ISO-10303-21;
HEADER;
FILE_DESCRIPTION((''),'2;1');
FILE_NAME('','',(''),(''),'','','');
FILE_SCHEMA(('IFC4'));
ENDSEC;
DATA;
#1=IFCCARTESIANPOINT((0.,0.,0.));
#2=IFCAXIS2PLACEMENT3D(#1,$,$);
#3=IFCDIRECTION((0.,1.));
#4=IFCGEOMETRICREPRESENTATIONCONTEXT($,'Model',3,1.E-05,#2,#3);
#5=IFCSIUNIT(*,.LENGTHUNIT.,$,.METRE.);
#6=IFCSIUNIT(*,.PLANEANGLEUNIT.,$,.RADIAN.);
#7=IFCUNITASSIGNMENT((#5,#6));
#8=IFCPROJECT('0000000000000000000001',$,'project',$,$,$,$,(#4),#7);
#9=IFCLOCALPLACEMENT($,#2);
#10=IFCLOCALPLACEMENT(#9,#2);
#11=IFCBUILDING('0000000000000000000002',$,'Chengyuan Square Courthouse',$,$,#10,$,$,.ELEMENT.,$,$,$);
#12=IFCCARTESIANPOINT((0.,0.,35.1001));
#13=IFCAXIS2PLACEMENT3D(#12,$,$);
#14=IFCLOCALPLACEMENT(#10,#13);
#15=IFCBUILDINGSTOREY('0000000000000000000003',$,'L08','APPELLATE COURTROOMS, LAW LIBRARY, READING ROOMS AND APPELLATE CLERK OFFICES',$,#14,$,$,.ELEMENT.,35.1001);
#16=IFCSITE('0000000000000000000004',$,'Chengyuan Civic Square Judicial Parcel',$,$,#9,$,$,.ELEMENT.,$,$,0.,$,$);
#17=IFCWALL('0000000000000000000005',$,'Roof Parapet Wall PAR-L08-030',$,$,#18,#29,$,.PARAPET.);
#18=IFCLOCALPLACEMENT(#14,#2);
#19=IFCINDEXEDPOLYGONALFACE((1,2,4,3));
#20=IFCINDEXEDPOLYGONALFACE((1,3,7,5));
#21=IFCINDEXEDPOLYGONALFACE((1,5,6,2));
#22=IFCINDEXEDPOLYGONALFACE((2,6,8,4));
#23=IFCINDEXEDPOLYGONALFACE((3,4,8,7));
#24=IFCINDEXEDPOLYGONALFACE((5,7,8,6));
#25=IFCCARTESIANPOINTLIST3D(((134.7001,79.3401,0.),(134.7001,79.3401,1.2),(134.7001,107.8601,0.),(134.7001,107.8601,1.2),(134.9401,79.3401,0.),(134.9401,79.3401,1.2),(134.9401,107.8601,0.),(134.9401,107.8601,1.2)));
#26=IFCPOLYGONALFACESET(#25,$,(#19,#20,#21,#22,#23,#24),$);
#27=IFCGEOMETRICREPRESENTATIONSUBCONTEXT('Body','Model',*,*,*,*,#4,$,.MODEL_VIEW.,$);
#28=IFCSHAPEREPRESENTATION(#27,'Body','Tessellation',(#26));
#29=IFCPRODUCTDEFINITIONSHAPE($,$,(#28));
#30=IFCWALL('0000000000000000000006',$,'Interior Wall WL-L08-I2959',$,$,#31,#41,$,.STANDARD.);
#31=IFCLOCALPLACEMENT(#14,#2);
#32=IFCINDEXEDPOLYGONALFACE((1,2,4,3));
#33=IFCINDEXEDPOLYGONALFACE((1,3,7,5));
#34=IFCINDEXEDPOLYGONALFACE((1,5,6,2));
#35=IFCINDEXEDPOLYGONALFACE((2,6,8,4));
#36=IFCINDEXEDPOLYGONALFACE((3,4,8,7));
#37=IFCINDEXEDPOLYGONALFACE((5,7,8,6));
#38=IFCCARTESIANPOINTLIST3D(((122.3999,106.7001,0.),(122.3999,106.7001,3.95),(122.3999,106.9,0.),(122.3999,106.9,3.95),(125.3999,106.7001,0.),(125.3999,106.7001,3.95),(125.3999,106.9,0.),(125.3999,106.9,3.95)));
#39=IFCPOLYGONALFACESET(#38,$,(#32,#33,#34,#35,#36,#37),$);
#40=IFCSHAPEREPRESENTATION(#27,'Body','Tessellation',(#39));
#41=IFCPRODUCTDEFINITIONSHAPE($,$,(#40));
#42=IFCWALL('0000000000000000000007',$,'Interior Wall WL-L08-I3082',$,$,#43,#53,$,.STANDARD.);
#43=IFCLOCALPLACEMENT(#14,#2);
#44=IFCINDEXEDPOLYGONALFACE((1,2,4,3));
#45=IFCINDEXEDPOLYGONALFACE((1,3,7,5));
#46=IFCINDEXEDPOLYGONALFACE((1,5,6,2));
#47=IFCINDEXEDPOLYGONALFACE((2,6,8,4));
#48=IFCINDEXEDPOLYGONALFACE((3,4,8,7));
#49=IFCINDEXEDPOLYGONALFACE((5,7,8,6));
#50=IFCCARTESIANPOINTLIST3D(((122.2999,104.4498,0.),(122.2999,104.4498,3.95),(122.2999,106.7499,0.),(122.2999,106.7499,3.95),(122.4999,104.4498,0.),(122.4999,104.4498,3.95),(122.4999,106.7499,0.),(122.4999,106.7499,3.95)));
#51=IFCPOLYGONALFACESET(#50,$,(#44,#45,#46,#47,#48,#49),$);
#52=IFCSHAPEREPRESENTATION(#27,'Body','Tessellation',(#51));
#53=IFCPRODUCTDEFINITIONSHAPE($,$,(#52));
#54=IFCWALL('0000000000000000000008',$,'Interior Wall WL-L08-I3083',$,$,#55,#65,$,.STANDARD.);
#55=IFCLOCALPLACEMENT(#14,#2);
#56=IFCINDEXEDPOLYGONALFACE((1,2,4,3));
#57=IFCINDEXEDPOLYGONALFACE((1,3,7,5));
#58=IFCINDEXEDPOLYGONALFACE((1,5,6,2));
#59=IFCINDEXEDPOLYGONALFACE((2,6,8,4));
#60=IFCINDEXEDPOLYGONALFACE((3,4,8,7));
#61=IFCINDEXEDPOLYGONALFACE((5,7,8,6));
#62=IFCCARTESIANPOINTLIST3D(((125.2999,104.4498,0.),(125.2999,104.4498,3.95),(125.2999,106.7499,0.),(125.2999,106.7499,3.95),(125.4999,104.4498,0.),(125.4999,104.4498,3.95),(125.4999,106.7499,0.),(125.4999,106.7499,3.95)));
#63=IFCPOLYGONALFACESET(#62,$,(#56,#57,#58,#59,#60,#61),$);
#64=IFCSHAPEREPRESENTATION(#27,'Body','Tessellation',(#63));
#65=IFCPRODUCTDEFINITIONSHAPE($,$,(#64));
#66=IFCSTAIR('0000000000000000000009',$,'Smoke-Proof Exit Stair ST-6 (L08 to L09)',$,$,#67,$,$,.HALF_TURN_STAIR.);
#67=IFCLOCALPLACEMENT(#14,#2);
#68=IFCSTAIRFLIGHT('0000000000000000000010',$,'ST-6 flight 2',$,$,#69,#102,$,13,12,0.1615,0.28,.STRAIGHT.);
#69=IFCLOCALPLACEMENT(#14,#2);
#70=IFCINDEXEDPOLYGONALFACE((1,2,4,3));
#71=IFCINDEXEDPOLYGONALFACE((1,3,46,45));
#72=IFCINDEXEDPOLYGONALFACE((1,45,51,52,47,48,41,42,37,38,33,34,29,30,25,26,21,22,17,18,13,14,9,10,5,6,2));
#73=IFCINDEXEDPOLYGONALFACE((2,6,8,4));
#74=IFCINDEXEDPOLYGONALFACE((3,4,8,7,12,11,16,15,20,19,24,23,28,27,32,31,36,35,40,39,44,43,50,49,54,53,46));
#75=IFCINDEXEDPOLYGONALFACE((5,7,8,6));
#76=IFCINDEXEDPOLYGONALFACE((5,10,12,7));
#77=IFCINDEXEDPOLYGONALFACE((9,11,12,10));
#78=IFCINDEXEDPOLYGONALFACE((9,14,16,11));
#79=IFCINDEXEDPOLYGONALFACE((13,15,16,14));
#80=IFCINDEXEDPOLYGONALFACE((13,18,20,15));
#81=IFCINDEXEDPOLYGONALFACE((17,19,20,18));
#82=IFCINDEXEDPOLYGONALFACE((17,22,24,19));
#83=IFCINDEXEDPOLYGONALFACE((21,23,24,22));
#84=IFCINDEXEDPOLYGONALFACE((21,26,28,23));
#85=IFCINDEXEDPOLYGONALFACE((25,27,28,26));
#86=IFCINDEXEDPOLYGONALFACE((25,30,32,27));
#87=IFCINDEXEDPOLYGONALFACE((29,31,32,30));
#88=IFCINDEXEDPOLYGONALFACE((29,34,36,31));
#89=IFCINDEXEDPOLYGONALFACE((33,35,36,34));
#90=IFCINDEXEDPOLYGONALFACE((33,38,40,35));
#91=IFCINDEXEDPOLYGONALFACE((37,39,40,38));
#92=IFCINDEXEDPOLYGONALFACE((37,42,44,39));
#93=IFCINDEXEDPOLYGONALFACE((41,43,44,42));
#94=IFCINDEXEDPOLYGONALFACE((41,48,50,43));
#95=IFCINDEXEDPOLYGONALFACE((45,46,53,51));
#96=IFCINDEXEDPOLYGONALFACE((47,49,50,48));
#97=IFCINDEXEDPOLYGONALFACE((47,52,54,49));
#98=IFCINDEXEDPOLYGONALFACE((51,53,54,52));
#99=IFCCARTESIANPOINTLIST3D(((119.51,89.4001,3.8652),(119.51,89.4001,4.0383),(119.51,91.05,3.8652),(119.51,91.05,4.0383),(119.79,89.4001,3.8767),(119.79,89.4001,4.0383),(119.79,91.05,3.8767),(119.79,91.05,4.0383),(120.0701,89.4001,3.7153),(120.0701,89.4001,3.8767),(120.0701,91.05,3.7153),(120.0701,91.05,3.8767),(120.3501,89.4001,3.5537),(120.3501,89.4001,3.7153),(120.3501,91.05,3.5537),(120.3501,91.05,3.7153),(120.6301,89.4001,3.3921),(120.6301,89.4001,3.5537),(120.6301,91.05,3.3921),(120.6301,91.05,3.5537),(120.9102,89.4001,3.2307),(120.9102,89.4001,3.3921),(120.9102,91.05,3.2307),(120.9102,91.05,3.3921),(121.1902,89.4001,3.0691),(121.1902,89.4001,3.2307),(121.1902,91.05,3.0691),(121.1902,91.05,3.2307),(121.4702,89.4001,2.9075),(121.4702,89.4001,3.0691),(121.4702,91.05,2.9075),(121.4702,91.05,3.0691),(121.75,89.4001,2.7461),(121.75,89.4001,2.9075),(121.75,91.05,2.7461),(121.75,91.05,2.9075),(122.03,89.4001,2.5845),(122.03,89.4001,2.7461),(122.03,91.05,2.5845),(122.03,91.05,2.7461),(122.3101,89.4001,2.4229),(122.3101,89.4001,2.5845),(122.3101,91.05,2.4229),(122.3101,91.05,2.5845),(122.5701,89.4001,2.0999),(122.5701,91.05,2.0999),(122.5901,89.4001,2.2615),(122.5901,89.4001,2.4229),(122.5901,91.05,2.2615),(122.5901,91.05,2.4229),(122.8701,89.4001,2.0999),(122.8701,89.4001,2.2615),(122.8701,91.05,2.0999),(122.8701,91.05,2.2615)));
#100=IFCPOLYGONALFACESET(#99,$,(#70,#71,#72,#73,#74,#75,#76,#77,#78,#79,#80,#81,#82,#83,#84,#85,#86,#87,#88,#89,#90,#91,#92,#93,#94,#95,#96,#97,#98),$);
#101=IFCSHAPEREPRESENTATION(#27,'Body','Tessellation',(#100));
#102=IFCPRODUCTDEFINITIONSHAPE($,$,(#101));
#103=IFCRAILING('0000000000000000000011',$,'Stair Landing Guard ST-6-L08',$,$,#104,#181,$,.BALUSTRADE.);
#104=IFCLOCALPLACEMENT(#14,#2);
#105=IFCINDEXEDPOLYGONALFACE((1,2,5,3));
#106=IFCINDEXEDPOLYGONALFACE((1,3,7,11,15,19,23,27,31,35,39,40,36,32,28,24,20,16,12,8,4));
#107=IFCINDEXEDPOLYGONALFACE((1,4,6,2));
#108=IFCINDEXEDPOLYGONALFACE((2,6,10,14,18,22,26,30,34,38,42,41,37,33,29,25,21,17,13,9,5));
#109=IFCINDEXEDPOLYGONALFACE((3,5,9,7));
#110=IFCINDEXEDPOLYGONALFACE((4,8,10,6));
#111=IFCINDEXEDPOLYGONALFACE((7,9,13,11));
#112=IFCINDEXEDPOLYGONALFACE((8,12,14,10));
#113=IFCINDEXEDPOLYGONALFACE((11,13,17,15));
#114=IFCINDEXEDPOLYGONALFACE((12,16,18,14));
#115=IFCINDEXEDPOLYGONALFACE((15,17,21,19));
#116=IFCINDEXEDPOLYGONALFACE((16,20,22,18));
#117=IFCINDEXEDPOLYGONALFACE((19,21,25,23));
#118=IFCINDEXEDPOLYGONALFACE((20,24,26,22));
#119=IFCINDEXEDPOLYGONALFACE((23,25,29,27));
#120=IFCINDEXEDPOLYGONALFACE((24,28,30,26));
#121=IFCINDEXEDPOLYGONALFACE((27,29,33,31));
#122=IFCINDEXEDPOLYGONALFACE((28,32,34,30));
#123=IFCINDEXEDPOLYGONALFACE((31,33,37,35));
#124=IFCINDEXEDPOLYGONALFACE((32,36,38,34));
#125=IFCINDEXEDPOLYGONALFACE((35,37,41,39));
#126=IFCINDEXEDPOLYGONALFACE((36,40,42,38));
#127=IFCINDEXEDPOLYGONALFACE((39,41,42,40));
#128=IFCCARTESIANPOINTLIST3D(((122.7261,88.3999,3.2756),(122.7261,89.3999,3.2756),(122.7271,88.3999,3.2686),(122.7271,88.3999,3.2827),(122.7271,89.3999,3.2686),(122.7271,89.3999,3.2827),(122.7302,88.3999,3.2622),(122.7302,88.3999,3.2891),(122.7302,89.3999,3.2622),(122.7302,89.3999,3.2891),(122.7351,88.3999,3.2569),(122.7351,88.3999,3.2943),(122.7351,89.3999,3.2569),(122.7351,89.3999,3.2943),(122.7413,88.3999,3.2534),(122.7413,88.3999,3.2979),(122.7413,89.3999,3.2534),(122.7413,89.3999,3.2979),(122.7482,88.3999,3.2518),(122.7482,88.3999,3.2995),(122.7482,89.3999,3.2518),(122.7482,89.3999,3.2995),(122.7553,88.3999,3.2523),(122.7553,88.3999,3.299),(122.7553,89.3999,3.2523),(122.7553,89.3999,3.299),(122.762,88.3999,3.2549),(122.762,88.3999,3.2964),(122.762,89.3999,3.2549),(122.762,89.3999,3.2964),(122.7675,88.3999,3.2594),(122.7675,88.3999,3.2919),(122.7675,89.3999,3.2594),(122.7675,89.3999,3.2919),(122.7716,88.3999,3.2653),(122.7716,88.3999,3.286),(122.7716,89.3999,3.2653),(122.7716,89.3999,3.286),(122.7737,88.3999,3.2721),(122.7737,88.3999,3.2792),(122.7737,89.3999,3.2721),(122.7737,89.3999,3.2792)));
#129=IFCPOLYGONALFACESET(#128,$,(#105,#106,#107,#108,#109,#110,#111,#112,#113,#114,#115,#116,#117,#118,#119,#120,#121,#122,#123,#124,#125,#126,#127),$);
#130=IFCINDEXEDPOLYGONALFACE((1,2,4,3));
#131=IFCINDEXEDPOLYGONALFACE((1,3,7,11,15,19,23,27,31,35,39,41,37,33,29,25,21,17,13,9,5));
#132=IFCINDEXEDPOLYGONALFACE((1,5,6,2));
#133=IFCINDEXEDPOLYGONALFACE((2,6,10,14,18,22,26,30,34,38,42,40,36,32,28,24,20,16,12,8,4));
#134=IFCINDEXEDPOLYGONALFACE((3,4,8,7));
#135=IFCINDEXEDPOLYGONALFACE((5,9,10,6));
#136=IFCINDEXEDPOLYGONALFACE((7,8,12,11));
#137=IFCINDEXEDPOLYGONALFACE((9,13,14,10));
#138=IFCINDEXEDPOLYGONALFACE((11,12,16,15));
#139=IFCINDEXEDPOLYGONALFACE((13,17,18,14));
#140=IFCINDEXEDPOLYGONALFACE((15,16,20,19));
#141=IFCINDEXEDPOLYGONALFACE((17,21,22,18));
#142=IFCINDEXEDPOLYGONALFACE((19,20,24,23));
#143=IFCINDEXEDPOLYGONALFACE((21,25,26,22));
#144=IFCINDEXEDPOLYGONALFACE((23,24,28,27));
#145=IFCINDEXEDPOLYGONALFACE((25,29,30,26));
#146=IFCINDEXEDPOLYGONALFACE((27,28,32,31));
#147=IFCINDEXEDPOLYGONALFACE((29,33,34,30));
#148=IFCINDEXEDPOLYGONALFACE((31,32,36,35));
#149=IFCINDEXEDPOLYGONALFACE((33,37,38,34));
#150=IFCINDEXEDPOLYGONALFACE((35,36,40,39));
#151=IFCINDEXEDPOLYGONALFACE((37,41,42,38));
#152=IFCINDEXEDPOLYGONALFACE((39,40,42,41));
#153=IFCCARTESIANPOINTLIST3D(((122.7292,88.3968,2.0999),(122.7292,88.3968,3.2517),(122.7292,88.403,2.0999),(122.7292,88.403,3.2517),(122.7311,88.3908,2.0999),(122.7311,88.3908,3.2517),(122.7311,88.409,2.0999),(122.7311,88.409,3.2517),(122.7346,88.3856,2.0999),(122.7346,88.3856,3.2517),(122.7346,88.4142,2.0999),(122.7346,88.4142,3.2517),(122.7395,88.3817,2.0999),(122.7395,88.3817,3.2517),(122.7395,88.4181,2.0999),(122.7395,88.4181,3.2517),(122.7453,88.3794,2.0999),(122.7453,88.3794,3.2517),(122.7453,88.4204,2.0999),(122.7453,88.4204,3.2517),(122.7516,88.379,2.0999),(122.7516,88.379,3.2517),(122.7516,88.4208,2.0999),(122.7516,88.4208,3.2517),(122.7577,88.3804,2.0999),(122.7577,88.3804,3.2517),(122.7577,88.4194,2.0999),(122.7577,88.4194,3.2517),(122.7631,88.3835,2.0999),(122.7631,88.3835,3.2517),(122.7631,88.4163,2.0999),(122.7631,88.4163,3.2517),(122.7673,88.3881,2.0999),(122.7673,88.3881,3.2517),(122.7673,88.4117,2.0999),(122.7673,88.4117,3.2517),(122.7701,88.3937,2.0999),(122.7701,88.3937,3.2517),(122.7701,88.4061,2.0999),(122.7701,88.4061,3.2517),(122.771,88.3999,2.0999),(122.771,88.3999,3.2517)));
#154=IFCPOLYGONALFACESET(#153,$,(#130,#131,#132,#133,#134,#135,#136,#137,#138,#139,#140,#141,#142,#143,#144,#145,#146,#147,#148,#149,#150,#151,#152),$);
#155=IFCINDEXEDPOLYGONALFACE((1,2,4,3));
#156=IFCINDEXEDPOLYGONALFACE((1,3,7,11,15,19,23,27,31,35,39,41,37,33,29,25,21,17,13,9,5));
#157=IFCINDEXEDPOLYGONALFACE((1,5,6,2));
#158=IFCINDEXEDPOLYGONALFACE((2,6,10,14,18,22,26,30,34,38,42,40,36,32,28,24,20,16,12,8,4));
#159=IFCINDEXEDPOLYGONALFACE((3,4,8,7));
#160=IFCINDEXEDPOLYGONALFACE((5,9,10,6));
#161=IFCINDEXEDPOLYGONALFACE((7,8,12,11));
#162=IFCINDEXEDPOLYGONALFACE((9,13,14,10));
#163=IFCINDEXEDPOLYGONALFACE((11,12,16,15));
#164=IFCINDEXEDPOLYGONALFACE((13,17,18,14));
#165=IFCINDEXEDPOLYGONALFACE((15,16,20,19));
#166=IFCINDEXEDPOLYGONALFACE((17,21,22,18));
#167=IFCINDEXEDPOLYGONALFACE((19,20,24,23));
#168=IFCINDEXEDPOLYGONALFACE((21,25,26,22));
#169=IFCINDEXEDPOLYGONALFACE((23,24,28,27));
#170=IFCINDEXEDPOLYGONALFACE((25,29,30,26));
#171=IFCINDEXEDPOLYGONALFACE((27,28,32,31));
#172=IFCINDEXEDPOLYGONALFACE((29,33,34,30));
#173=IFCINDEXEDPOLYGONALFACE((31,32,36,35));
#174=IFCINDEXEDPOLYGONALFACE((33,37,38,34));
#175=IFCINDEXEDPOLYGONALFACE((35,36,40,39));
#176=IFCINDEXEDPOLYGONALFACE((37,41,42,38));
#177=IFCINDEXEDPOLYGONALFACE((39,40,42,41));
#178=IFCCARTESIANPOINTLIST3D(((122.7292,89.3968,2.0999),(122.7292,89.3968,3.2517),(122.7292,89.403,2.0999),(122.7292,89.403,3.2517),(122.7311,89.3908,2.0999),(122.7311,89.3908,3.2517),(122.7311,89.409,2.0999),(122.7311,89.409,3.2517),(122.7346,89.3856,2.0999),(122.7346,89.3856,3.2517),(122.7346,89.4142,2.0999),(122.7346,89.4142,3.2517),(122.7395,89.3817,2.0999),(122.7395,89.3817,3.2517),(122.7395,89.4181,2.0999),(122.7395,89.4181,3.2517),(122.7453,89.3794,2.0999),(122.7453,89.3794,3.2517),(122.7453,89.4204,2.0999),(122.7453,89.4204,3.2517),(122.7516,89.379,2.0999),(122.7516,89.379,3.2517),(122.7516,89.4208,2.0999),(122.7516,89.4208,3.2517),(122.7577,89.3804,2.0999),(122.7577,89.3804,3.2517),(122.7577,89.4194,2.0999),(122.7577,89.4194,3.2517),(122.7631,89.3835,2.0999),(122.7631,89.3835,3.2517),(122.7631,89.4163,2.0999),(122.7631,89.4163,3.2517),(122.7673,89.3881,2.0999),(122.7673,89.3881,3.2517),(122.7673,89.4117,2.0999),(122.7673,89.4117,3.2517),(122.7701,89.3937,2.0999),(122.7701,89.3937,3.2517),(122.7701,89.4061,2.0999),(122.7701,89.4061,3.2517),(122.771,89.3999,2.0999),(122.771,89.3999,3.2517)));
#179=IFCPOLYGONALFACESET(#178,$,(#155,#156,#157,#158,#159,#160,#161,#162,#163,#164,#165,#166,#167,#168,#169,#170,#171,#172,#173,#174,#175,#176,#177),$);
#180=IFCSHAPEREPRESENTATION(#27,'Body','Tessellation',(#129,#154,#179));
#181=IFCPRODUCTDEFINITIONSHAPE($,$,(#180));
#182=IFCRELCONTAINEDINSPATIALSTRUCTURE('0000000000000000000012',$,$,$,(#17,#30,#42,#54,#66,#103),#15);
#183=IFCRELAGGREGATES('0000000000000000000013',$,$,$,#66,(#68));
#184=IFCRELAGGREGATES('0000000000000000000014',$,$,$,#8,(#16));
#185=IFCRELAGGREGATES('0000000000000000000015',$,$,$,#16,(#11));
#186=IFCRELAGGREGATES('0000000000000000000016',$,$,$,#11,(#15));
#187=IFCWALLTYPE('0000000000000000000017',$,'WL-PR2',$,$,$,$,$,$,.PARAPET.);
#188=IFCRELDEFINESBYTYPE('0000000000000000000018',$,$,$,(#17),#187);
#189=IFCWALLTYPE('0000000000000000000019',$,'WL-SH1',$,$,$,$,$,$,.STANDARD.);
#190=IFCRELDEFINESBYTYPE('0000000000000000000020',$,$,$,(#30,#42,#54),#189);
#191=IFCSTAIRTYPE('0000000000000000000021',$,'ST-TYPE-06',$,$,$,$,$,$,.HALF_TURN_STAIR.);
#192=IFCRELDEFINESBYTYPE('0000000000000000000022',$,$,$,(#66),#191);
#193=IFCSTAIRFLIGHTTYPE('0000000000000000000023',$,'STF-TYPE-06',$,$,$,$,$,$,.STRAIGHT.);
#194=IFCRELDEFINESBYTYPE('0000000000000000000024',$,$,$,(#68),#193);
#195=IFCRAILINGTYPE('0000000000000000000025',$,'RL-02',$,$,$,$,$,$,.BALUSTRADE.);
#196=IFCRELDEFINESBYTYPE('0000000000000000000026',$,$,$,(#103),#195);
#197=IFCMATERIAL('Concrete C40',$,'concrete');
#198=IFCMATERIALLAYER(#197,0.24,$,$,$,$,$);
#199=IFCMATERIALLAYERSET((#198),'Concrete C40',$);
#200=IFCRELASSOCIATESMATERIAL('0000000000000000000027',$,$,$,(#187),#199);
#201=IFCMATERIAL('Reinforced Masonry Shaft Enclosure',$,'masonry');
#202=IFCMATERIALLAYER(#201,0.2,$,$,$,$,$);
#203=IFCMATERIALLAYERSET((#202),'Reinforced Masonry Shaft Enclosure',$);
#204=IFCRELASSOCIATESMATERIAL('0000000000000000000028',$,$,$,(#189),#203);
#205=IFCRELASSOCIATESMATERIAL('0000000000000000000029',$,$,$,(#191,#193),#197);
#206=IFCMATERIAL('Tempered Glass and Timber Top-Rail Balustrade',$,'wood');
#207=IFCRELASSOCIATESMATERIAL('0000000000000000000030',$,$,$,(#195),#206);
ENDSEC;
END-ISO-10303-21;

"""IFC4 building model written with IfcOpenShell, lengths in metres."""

from ifc_helpers import new_model, si_unit, direction, frame, frame_2d, origin, origin_2d, place, context, subcontext, project, spatial, polyline, rectangle, circle, outline, extrude, material, layer, layer_set, type_object, element, aggregate, save


model = new_model("IFC4")

# Units and contexts
model_context = context("Model", 3, precision=1e-05, world=origin(), true_north=direction((0.0, 1.0)))
body_context = subcontext(model_context, "Body", "Model", "MODEL_VIEW")
ifc_project = project(units=[si_unit("LENGTHUNIT", "METRE"), si_unit("PLANEANGLEUNIT", "RADIAN")], contexts=[model_context])

# Site, building, storey
site_placement = place(None, origin())
site = spatial("IfcSite", under=ifc_project, at=site_placement, Name="Chengyuan Civic Square Judicial Parcel", CompositionType="ELEMENT", RefElevation=0.0)
building_placement = place(site_placement, origin())
building = spatial("IfcBuilding", under=site, at=building_placement, Name="Chengyuan Square Courthouse", CompositionType="ELEMENT")
storey_placement = place(building_placement, frame((0.0, 0.0, 35.1001)))
storey = spatial("IfcBuildingStorey", under=building, at=storey_placement, Name="L08", Description="APPELLATE COURTROOMS, LAW LIBRARY, READING ROOMS AND APPELLATE CLERK OFFICES", CompositionType="ELEMENT", Elevation=35.1001)

# Shared definitions
ifc_material_1 = material(Name="Concrete C40", Category="concrete")

# Wall
ifc_layer_1 = layer(ifc_material_1, 0.24)
ifc_layer_set_1 = layer_set([ifc_layer_1], Name="Concrete C40")
wall_type_1 = type_object("IfcWallType", Name="WL-PR2", PredefinedType="PARAPET", material=ifc_layer_set_1)
wall_1_placement = place(storey_placement, frame((134.8201, 107.8601, 0.0), z_axis=(0.0, 0.0, 1.0), x_axis=(0.0, -1.0, 0.0)))
element("IfcWall", 1, at=wall_1_placement, inside=storey, type_object=wall_type_1, Name="Roof Parapet Wall PAR-L08-030", PredefinedType="PARAPET", context=body_context, shape_type="SweptSolid", body=[
    extrude(rectangle(XDim=28.52, YDim=0.24, at=frame_2d((14.26, 0.0))), origin(), (0.0, 0.0, 1.0), 1.2),
])

# Shared definitions
ifc_material_2 = material(Name="Reinforced Masonry Shaft Enclosure", Category="masonry")
ifc_layer_2 = layer(ifc_material_2, 0.2)
ifc_layer_set_2 = layer_set([ifc_layer_2], Name="Reinforced Masonry Shaft Enclosure")
wall_type_2 = type_object("IfcWallType", Name="WL-SH1", PredefinedType="STANDARD", material=ifc_layer_set_2)

# Walls
wall_2_placement = place(storey_placement, frame((122.3999, 106.8, 0.0), z_axis=(0.0, 0.0, 1.0), x_axis=(1.0, 0.0, 0.0)))
element("IfcWall", 2, at=wall_2_placement, inside=storey, type_object=wall_type_2, Name="Interior Wall WL-L08-I2959", PredefinedType="STANDARD", context=body_context, shape_type="SweptSolid", body=[
    extrude(rectangle(XDim=3.0, YDim=0.2, at=frame_2d((1.5, 0.0))), origin(), (0.0, 0.0, 1.0), 3.95),
])
for number, where, z_axis, x_axis, name in (
    (3, (122.3999, 104.45, 0.0), (0.0, 0.0, 1.0), (0.0, 1.0, 0.0), "Interior Wall WL-L08-I3082"),
    (4, (125.3999, 104.45, 0.0), (0.0, 0.0, 1.0), (0.0, 1.0, 0.0), "Interior Wall WL-L08-I3083"),
):
    element("IfcWall", number, at=place(storey_placement, frame(where, z_axis=z_axis, x_axis=x_axis)), inside=storey, type_object=wall_type_2, Name=name, PredefinedType="STANDARD", context=body_context, shape_type="SweptSolid", body=[
        extrude(rectangle(XDim=2.3, YDim=0.2, at=frame_2d((1.1499, 0.0))), origin(), (0.0, 0.0, 1.0), 3.95),
    ])

# Stair, stair flight
stair_type = type_object("IfcStairType", Name="ST-TYPE-06", PredefinedType="HALF_TURN_STAIR", material=ifc_material_1)
stair_placement = place(storey_placement, origin())
stair = element("IfcStair", 5, at=stair_placement, inside=storey, type_object=stair_type, Name="Smoke-Proof Exit Stair ST-6 (L08 to L09)", PredefinedType="HALF_TURN_STAIR")
stair_flight_type = type_object("IfcStairFlightType", Name="STF-TYPE-06", PredefinedType="STRAIGHT", material=ifc_material_1)
stair_flight_placement = place(storey_placement, frame((122.8701, 90.2251, 2.0999), z_axis=(0.0, 0.0, 1.0), x_axis=(-1.0, 0.0, 0.0)))
stair_flight = element("IfcStairFlight", 6, at=stair_flight_placement, type_object=stair_flight_type, Name="ST-6 flight 2", NumberOfRisers=13, NumberOfTreads=12, PredefinedType="STRAIGHT", RiserHeight=0.1615, TreadLength=0.28, context=body_context, shape_type="SweptSolid", body=[
    extrude(outline(polyline([(0.0, 0.0), (0.0, 0.1616), (0.28, 0.1616), (0.28, 0.323), (0.5601, 0.323), (0.5601, 0.4846), (0.8401, 0.4846), (0.8401, 0.6462), (1.1201, 0.6462), (1.1201, 0.8076), (1.3999, 0.8076), (1.3999, 0.9692), (1.6799, 0.9692), (1.6799, 1.1309), (1.96, 1.1309), (1.96, 1.2922), (2.24, 1.2922), (2.24, 1.4539), (2.52, 1.4539), (2.52, 1.6155), (2.8, 1.6155), (2.8, 1.7769), (3.0801, 1.7769), (3.0801, 1.9385), (3.3601, 1.9385), (3.3601, 2.1001), (3.3601, 1.7654), (0.3, 0.0), (0.0, 0.0)])), frame((0.0, 0.825, 0.0), z_axis=(0.0, -1.0, 0.0), x_axis=(1.0, 0.0, 0.0)), (0.0, 0.0, 1.0), 1.6499),
])
aggregate(stair, [stair_flight])

# Railing
ifc_material_3 = material(Name="Tempered Glass and Timber Top-Rail Balustrade", Category="wood")
railing_type_1 = type_object("IfcRailingType", Name="RL-02", PredefinedType="BALUSTRADE", material=ifc_material_3)
railing_1_placement = place(storey_placement, frame((122.75, 88.3999, 2.0999)))
element("IfcRailing", 7, at=railing_1_placement, inside=storey, type_object=railing_type_1, Name="Stair Landing Guard ST-6-L08", PredefinedType="BALUSTRADE", context=body_context, shape_type="SweptSolid", body=[
    extrude(circle(Radius=0.0239, at=origin_2d()), frame((0.0, 0.0, 1.1758), z_axis=(0.0, 1.0, 0.0), x_axis=(-1.0, 0.0, 0.0)), (0.0, 0.0, 1.0), 1.0),
    extrude(circle(Radius=0.021, at=origin_2d()), origin(), (0.0, 0.0, 1.0), 1.1519),
    extrude(circle(Radius=0.021, at=origin_2d()), frame((0.0, 1.0, 0.0)), (0.0, 0.0, 1.0), 1.1519),
])

save(model, "model.ifc")
